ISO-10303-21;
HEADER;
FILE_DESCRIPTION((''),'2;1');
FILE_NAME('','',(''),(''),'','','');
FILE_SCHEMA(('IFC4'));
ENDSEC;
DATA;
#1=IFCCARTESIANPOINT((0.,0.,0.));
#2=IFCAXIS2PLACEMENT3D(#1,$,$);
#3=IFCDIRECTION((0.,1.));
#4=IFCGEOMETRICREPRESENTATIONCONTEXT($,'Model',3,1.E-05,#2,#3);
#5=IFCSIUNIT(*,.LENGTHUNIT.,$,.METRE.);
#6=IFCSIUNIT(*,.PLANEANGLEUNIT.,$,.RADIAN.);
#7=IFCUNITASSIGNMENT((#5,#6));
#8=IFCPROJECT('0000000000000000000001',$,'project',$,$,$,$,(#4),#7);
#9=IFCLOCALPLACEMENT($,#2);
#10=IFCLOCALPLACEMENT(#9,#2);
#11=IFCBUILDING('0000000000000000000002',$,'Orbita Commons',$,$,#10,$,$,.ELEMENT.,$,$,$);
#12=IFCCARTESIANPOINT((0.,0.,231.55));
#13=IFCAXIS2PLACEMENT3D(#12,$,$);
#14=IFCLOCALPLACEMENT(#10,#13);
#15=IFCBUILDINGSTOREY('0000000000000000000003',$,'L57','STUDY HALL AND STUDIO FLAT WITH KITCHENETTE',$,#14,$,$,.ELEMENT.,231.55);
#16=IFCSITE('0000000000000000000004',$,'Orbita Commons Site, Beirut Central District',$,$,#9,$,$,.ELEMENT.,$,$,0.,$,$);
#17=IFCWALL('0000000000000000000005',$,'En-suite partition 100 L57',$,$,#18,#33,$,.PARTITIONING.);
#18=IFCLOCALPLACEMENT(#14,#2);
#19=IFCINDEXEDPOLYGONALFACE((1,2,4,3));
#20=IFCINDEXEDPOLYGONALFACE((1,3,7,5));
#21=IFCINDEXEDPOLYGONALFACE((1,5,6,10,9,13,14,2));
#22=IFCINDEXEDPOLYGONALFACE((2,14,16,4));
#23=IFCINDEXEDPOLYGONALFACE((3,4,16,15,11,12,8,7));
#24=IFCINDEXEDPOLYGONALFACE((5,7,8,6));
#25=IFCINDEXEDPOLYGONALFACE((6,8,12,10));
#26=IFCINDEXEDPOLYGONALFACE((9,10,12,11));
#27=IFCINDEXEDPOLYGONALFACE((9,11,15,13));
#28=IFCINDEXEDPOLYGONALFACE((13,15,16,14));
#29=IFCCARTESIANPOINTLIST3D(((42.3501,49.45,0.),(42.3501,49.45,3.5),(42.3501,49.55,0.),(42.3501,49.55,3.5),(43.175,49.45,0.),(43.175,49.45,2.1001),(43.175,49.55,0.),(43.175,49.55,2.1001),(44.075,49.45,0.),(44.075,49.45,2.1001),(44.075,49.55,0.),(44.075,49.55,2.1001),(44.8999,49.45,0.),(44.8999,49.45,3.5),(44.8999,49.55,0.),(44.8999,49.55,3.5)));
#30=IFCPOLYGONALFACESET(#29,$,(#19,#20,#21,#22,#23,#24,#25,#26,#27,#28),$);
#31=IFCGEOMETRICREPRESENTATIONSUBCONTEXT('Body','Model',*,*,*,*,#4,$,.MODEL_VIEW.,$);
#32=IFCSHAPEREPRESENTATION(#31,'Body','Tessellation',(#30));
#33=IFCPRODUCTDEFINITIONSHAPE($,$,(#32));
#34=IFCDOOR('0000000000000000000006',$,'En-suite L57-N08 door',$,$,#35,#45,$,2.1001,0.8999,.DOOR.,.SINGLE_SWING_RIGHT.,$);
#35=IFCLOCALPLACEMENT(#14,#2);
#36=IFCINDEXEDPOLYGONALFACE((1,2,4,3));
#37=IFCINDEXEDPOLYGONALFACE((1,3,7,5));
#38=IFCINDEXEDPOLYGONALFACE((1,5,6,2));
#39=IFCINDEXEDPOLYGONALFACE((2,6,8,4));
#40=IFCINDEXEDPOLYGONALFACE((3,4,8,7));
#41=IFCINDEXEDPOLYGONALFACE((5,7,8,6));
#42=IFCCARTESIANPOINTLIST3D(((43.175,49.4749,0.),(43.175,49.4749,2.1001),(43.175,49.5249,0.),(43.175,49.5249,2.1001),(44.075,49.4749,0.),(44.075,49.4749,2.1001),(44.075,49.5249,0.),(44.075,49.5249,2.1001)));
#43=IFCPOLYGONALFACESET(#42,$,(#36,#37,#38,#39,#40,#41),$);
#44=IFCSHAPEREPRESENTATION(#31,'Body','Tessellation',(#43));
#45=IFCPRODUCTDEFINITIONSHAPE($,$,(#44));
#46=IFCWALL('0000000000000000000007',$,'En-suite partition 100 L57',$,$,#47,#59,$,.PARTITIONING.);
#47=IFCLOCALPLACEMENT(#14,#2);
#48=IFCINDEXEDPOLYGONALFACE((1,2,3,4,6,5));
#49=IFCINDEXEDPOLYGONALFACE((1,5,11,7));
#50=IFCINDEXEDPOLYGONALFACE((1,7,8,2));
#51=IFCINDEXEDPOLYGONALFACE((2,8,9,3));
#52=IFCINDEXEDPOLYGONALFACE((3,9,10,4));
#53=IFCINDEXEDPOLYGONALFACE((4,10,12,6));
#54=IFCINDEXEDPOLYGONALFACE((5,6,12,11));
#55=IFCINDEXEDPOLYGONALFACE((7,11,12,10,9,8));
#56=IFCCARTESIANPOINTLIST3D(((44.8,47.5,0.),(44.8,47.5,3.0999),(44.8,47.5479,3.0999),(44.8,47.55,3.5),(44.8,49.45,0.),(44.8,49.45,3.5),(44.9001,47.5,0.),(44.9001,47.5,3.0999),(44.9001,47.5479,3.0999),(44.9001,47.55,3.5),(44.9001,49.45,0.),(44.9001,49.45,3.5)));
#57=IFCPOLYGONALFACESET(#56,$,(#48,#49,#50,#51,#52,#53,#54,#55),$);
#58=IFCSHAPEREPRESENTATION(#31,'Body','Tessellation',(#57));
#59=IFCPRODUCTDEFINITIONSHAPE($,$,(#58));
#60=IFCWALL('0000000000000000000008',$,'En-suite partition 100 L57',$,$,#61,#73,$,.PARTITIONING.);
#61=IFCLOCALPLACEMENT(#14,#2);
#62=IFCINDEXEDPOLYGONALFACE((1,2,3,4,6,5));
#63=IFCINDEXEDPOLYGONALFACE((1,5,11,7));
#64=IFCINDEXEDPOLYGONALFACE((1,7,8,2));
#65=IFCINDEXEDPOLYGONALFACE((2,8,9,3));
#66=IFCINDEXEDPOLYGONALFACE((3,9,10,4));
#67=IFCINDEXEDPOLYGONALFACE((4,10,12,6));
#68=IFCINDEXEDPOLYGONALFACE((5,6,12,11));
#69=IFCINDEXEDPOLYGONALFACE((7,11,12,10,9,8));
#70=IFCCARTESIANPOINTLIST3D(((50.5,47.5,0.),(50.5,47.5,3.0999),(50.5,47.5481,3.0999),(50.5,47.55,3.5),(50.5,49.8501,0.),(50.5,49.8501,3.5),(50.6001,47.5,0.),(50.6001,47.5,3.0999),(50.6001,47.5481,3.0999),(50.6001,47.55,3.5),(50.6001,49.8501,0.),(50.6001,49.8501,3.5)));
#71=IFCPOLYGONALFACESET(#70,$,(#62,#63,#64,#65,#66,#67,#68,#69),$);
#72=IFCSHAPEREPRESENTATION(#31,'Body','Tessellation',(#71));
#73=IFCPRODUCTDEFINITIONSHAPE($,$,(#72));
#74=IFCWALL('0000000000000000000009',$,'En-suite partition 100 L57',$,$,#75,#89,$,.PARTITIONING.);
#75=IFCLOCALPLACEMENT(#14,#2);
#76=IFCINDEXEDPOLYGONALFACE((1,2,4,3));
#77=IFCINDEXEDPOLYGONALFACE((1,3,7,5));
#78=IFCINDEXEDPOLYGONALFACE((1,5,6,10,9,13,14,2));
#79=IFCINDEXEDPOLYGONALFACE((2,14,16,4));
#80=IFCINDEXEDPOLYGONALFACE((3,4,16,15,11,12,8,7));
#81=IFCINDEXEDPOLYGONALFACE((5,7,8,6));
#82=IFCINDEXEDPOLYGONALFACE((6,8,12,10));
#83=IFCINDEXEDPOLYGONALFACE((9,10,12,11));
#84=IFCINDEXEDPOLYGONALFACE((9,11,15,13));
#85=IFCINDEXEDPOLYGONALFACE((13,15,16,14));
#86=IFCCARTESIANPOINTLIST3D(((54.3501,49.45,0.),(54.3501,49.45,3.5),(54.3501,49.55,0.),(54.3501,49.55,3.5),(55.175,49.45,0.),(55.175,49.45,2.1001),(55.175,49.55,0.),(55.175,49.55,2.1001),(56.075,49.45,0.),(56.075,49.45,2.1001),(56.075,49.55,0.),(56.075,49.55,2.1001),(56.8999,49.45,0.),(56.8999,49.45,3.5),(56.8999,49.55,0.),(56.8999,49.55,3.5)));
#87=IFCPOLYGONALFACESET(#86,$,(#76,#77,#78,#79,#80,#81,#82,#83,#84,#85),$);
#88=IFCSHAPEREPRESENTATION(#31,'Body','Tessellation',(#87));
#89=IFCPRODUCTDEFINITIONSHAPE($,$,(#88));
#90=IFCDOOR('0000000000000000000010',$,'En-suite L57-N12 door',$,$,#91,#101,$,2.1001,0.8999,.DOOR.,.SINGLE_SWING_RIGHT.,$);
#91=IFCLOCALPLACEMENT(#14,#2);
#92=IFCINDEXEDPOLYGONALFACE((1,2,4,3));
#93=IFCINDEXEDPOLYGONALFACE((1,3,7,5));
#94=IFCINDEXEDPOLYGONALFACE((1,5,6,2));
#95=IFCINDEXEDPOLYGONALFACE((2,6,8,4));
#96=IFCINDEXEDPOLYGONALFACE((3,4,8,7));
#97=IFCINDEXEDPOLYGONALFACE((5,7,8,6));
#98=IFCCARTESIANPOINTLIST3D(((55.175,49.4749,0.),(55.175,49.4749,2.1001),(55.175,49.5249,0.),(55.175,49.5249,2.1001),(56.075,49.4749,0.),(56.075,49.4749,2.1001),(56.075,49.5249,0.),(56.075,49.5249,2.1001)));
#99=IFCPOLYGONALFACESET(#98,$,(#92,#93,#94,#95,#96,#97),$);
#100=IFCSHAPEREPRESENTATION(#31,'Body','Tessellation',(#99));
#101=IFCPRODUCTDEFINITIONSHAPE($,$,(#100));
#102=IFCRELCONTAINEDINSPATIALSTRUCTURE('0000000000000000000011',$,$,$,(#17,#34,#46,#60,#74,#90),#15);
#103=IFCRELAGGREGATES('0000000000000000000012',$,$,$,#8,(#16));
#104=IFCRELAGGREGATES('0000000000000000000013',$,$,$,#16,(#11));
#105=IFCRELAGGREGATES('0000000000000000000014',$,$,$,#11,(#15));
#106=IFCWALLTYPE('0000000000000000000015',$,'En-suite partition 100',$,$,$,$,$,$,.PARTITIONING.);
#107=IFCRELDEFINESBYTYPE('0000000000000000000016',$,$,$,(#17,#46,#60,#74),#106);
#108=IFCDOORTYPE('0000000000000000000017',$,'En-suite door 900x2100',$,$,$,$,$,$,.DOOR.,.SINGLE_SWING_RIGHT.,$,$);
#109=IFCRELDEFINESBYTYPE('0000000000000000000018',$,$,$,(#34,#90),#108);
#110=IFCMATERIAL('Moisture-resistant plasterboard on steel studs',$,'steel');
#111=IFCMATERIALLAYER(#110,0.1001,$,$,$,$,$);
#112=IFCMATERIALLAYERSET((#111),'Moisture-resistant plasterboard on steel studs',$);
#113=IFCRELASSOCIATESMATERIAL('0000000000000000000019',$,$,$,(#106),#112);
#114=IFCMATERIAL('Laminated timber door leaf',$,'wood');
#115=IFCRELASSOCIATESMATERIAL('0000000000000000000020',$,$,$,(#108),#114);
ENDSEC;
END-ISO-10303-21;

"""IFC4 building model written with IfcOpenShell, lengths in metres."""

from ifc_helpers import new_model, si_unit, direction, frame, frame_2d, origin, place, context, subcontext, project, spatial, polyline, rectangle, outline, extrude, material, layer, layer_set, type_object, element, fill, save


model = new_model("IFC4")

# Units and contexts
model_context = context("Model", 3, precision=1e-05, world=origin(), true_north=direction((0.0, 1.0)))
body_context = subcontext(model_context, "Body", "Model", "MODEL_VIEW")
ifc_project = project(units=[si_unit("LENGTHUNIT", "METRE"), si_unit("PLANEANGLEUNIT", "RADIAN")], contexts=[model_context])

# Site, building, storey
site_placement = place(None, origin())
site = spatial("IfcSite", under=ifc_project, at=site_placement, Name="Orbita Commons Site, Beirut Central District", CompositionType="ELEMENT", RefElevation=0.0)
building_placement = place(site_placement, origin())
building = spatial("IfcBuilding", under=site, at=building_placement, Name="Orbita Commons", CompositionType="ELEMENT")
storey_placement = place(building_placement, frame((0.0, 0.0, 231.55)))
storey = spatial("IfcBuildingStorey", under=building, at=storey_placement, Name="L57", Description="STUDY HALL AND STUDIO FLAT WITH KITCHENETTE", CompositionType="ELEMENT", Elevation=231.55)

# Wall, opening, door
ifc_material_1 = material(Name="Moisture-resistant plasterboard on steel studs", Category="steel")
ifc_layer_1 = layer(ifc_material_1, 0.1001)
ifc_layer_set_1 = layer_set([ifc_layer_1], Name="Moisture-resistant plasterboard on steel studs")
wall_type_1 = type_object("IfcWallType", Name="En-suite partition 100", PredefinedType="PARTITIONING", material=ifc_layer_set_1)
wall_1_placement = place(storey_placement, frame((42.3501, 49.5, 0.0), z_axis=(0.0, 0.0, 1.0), x_axis=(1.0, 0.0, 0.0)))
wall_1 = element("IfcWall", 1, at=wall_1_placement, inside=storey, type_object=wall_type_1, Name="En-suite partition 100 L57", PredefinedType="PARTITIONING", context=body_context, shape_type="SweptSolid", body=[
    extrude(rectangle(XDim=2.5498, YDim=0.1001, at=frame_2d((1.2749, 0.0))), origin(), (0.0, 0.0, 1.0), 3.5),
])
opening_1_placement = place(wall_1_placement, frame((0.825, 0.0, 0.0)))
opening_1 = element("IfcOpeningElement", 2, at=opening_1_placement, cuts=wall_1, PredefinedType="OPENING", context=body_context, shape_type="SweptSolid", body=[
    extrude(rectangle(XDim=0.8999, YDim=2.1001, at=frame_2d((0.45, 1.05))), frame((0.0, 0.0601, 0.0), z_axis=(0.0, -1.0, 0.0), x_axis=(1.0, 0.0, 0.0)), (0.0, 0.0, 1.0), 0.1201),
])
ifc_material_2 = material(Name="Laminated timber door leaf", Category="wood")
door_type_1 = type_object("IfcDoorType", Name="En-suite door 900x2100", OperationType="SINGLE_SWING_RIGHT", PredefinedType="DOOR", material=ifc_material_2)
door_1_placement = place(opening_1_placement, origin())
door_1 = element("IfcDoor", 3, at=door_1_placement, inside=storey, type_object=door_type_1, Name="En-suite L57-N08 door", OperationType="SINGLE_SWING_RIGHT", OverallHeight=2.1001, OverallWidth=0.8999, PredefinedType="DOOR", context=body_context, shape_type="SweptSolid", body=[
    extrude(rectangle(XDim=0.8999, YDim=2.1001, at=frame_2d((0.45, 1.05))), frame((0.0, 0.0249, 0.0), z_axis=(0.0, -1.0, 0.0), x_axis=(1.0, 0.0, 0.0)), (0.0, 0.0, 1.0), 0.05),
])
fill(opening_1, door_1)

# Walls
wall_2_placement = place(storey_placement, frame((44.8501, 49.45, 0.0), z_axis=(0.0, 0.0, 1.0), x_axis=(0.0, -1.0, 0.0)))
element("IfcWall", 4, at=wall_2_placement, inside=storey, type_object=wall_type_1, Name="En-suite partition 100 L57", PredefinedType="PARTITIONING", context=body_context, shape_type="SweptSolid", body=[
    extrude(outline(polyline([(0.0, 0.0), (1.95, 0.0), (1.95, 3.0999), (1.9021, 3.0999), (1.8999, 3.5), (0.0, 3.5), (0.0, 0.0)])), frame((0.0, 0.05, 0.0), z_axis=(0.0, -1.0, 0.0), x_axis=(1.0, 0.0, 0.0)), (0.0, 0.0, 1.0), 0.1001),
])
wall_3_placement = place(storey_placement, frame((50.55, 49.8501, 0.0), z_axis=(0.0, 0.0, 1.0), x_axis=(0.0, -1.0, 0.0)))
element("IfcWall", 5, at=wall_3_placement, inside=storey, type_object=wall_type_1, Name="En-suite partition 100 L57", PredefinedType="PARTITIONING", context=body_context, shape_type="SweptSolid", body=[
    extrude(outline(polyline([(0.0, 0.0), (2.3501, 0.0), (2.3501, 3.0999), (2.302, 3.0999), (2.3, 3.5), (0.0, 3.5), (0.0, 0.0)])), frame((0.0, 0.05, 0.0), z_axis=(0.0, -1.0, 0.0), x_axis=(1.0, 0.0, 0.0)), (0.0, 0.0, 1.0), 0.1001),
])

# Wall, opening, door
wall_4_placement = place(storey_placement, frame((54.3501, 49.5, 0.0), z_axis=(0.0, 0.0, 1.0), x_axis=(1.0, 0.0, 0.0)))
wall_4 = element("IfcWall", 6, at=wall_4_placement, inside=storey, type_object=wall_type_1, Name="En-suite partition 100 L57", PredefinedType="PARTITIONING", context=body_context, shape_type="SweptSolid", body=[
    extrude(rectangle(XDim=2.5498, YDim=0.1001, at=frame_2d((1.2749, 0.0))), origin(), (0.0, 0.0, 1.0), 3.5),
])
opening_2_placement = place(wall_4_placement, frame((0.825, 0.0, 0.0)))
opening_2 = element("IfcOpeningElement", 7, at=opening_2_placement, cuts=wall_4, PredefinedType="OPENING", context=body_context, shape_type="SweptSolid", body=[
    extrude(rectangle(XDim=0.8999, YDim=2.1001, at=frame_2d((0.45, 1.05))), frame((0.0, 0.0601, 0.0), z_axis=(0.0, -1.0, 0.0), x_axis=(1.0, 0.0, 0.0)), (0.0, 0.0, 1.0), 0.1201),
])
door_2_placement = place(opening_2_placement, origin())
door_2 = element("IfcDoor", 8, at=door_2_placement, inside=storey, type_object=door_type_1, Name="En-suite L57-N12 door", OperationType="SINGLE_SWING_RIGHT", OverallHeight=2.1001, OverallWidth=0.8999, PredefinedType="DOOR", context=body_context, shape_type="SweptSolid", body=[
    extrude(rectangle(XDim=0.8999, YDim=2.1001, at=frame_2d((0.45, 1.05))), frame((0.0, 0.0249, 0.0), z_axis=(0.0, -1.0, 0.0), x_axis=(1.0, 0.0, 0.0)), (0.0, 0.0, 1.0), 0.05),
])
fill(opening_2, door_2)

save(model, "model.ifc")
